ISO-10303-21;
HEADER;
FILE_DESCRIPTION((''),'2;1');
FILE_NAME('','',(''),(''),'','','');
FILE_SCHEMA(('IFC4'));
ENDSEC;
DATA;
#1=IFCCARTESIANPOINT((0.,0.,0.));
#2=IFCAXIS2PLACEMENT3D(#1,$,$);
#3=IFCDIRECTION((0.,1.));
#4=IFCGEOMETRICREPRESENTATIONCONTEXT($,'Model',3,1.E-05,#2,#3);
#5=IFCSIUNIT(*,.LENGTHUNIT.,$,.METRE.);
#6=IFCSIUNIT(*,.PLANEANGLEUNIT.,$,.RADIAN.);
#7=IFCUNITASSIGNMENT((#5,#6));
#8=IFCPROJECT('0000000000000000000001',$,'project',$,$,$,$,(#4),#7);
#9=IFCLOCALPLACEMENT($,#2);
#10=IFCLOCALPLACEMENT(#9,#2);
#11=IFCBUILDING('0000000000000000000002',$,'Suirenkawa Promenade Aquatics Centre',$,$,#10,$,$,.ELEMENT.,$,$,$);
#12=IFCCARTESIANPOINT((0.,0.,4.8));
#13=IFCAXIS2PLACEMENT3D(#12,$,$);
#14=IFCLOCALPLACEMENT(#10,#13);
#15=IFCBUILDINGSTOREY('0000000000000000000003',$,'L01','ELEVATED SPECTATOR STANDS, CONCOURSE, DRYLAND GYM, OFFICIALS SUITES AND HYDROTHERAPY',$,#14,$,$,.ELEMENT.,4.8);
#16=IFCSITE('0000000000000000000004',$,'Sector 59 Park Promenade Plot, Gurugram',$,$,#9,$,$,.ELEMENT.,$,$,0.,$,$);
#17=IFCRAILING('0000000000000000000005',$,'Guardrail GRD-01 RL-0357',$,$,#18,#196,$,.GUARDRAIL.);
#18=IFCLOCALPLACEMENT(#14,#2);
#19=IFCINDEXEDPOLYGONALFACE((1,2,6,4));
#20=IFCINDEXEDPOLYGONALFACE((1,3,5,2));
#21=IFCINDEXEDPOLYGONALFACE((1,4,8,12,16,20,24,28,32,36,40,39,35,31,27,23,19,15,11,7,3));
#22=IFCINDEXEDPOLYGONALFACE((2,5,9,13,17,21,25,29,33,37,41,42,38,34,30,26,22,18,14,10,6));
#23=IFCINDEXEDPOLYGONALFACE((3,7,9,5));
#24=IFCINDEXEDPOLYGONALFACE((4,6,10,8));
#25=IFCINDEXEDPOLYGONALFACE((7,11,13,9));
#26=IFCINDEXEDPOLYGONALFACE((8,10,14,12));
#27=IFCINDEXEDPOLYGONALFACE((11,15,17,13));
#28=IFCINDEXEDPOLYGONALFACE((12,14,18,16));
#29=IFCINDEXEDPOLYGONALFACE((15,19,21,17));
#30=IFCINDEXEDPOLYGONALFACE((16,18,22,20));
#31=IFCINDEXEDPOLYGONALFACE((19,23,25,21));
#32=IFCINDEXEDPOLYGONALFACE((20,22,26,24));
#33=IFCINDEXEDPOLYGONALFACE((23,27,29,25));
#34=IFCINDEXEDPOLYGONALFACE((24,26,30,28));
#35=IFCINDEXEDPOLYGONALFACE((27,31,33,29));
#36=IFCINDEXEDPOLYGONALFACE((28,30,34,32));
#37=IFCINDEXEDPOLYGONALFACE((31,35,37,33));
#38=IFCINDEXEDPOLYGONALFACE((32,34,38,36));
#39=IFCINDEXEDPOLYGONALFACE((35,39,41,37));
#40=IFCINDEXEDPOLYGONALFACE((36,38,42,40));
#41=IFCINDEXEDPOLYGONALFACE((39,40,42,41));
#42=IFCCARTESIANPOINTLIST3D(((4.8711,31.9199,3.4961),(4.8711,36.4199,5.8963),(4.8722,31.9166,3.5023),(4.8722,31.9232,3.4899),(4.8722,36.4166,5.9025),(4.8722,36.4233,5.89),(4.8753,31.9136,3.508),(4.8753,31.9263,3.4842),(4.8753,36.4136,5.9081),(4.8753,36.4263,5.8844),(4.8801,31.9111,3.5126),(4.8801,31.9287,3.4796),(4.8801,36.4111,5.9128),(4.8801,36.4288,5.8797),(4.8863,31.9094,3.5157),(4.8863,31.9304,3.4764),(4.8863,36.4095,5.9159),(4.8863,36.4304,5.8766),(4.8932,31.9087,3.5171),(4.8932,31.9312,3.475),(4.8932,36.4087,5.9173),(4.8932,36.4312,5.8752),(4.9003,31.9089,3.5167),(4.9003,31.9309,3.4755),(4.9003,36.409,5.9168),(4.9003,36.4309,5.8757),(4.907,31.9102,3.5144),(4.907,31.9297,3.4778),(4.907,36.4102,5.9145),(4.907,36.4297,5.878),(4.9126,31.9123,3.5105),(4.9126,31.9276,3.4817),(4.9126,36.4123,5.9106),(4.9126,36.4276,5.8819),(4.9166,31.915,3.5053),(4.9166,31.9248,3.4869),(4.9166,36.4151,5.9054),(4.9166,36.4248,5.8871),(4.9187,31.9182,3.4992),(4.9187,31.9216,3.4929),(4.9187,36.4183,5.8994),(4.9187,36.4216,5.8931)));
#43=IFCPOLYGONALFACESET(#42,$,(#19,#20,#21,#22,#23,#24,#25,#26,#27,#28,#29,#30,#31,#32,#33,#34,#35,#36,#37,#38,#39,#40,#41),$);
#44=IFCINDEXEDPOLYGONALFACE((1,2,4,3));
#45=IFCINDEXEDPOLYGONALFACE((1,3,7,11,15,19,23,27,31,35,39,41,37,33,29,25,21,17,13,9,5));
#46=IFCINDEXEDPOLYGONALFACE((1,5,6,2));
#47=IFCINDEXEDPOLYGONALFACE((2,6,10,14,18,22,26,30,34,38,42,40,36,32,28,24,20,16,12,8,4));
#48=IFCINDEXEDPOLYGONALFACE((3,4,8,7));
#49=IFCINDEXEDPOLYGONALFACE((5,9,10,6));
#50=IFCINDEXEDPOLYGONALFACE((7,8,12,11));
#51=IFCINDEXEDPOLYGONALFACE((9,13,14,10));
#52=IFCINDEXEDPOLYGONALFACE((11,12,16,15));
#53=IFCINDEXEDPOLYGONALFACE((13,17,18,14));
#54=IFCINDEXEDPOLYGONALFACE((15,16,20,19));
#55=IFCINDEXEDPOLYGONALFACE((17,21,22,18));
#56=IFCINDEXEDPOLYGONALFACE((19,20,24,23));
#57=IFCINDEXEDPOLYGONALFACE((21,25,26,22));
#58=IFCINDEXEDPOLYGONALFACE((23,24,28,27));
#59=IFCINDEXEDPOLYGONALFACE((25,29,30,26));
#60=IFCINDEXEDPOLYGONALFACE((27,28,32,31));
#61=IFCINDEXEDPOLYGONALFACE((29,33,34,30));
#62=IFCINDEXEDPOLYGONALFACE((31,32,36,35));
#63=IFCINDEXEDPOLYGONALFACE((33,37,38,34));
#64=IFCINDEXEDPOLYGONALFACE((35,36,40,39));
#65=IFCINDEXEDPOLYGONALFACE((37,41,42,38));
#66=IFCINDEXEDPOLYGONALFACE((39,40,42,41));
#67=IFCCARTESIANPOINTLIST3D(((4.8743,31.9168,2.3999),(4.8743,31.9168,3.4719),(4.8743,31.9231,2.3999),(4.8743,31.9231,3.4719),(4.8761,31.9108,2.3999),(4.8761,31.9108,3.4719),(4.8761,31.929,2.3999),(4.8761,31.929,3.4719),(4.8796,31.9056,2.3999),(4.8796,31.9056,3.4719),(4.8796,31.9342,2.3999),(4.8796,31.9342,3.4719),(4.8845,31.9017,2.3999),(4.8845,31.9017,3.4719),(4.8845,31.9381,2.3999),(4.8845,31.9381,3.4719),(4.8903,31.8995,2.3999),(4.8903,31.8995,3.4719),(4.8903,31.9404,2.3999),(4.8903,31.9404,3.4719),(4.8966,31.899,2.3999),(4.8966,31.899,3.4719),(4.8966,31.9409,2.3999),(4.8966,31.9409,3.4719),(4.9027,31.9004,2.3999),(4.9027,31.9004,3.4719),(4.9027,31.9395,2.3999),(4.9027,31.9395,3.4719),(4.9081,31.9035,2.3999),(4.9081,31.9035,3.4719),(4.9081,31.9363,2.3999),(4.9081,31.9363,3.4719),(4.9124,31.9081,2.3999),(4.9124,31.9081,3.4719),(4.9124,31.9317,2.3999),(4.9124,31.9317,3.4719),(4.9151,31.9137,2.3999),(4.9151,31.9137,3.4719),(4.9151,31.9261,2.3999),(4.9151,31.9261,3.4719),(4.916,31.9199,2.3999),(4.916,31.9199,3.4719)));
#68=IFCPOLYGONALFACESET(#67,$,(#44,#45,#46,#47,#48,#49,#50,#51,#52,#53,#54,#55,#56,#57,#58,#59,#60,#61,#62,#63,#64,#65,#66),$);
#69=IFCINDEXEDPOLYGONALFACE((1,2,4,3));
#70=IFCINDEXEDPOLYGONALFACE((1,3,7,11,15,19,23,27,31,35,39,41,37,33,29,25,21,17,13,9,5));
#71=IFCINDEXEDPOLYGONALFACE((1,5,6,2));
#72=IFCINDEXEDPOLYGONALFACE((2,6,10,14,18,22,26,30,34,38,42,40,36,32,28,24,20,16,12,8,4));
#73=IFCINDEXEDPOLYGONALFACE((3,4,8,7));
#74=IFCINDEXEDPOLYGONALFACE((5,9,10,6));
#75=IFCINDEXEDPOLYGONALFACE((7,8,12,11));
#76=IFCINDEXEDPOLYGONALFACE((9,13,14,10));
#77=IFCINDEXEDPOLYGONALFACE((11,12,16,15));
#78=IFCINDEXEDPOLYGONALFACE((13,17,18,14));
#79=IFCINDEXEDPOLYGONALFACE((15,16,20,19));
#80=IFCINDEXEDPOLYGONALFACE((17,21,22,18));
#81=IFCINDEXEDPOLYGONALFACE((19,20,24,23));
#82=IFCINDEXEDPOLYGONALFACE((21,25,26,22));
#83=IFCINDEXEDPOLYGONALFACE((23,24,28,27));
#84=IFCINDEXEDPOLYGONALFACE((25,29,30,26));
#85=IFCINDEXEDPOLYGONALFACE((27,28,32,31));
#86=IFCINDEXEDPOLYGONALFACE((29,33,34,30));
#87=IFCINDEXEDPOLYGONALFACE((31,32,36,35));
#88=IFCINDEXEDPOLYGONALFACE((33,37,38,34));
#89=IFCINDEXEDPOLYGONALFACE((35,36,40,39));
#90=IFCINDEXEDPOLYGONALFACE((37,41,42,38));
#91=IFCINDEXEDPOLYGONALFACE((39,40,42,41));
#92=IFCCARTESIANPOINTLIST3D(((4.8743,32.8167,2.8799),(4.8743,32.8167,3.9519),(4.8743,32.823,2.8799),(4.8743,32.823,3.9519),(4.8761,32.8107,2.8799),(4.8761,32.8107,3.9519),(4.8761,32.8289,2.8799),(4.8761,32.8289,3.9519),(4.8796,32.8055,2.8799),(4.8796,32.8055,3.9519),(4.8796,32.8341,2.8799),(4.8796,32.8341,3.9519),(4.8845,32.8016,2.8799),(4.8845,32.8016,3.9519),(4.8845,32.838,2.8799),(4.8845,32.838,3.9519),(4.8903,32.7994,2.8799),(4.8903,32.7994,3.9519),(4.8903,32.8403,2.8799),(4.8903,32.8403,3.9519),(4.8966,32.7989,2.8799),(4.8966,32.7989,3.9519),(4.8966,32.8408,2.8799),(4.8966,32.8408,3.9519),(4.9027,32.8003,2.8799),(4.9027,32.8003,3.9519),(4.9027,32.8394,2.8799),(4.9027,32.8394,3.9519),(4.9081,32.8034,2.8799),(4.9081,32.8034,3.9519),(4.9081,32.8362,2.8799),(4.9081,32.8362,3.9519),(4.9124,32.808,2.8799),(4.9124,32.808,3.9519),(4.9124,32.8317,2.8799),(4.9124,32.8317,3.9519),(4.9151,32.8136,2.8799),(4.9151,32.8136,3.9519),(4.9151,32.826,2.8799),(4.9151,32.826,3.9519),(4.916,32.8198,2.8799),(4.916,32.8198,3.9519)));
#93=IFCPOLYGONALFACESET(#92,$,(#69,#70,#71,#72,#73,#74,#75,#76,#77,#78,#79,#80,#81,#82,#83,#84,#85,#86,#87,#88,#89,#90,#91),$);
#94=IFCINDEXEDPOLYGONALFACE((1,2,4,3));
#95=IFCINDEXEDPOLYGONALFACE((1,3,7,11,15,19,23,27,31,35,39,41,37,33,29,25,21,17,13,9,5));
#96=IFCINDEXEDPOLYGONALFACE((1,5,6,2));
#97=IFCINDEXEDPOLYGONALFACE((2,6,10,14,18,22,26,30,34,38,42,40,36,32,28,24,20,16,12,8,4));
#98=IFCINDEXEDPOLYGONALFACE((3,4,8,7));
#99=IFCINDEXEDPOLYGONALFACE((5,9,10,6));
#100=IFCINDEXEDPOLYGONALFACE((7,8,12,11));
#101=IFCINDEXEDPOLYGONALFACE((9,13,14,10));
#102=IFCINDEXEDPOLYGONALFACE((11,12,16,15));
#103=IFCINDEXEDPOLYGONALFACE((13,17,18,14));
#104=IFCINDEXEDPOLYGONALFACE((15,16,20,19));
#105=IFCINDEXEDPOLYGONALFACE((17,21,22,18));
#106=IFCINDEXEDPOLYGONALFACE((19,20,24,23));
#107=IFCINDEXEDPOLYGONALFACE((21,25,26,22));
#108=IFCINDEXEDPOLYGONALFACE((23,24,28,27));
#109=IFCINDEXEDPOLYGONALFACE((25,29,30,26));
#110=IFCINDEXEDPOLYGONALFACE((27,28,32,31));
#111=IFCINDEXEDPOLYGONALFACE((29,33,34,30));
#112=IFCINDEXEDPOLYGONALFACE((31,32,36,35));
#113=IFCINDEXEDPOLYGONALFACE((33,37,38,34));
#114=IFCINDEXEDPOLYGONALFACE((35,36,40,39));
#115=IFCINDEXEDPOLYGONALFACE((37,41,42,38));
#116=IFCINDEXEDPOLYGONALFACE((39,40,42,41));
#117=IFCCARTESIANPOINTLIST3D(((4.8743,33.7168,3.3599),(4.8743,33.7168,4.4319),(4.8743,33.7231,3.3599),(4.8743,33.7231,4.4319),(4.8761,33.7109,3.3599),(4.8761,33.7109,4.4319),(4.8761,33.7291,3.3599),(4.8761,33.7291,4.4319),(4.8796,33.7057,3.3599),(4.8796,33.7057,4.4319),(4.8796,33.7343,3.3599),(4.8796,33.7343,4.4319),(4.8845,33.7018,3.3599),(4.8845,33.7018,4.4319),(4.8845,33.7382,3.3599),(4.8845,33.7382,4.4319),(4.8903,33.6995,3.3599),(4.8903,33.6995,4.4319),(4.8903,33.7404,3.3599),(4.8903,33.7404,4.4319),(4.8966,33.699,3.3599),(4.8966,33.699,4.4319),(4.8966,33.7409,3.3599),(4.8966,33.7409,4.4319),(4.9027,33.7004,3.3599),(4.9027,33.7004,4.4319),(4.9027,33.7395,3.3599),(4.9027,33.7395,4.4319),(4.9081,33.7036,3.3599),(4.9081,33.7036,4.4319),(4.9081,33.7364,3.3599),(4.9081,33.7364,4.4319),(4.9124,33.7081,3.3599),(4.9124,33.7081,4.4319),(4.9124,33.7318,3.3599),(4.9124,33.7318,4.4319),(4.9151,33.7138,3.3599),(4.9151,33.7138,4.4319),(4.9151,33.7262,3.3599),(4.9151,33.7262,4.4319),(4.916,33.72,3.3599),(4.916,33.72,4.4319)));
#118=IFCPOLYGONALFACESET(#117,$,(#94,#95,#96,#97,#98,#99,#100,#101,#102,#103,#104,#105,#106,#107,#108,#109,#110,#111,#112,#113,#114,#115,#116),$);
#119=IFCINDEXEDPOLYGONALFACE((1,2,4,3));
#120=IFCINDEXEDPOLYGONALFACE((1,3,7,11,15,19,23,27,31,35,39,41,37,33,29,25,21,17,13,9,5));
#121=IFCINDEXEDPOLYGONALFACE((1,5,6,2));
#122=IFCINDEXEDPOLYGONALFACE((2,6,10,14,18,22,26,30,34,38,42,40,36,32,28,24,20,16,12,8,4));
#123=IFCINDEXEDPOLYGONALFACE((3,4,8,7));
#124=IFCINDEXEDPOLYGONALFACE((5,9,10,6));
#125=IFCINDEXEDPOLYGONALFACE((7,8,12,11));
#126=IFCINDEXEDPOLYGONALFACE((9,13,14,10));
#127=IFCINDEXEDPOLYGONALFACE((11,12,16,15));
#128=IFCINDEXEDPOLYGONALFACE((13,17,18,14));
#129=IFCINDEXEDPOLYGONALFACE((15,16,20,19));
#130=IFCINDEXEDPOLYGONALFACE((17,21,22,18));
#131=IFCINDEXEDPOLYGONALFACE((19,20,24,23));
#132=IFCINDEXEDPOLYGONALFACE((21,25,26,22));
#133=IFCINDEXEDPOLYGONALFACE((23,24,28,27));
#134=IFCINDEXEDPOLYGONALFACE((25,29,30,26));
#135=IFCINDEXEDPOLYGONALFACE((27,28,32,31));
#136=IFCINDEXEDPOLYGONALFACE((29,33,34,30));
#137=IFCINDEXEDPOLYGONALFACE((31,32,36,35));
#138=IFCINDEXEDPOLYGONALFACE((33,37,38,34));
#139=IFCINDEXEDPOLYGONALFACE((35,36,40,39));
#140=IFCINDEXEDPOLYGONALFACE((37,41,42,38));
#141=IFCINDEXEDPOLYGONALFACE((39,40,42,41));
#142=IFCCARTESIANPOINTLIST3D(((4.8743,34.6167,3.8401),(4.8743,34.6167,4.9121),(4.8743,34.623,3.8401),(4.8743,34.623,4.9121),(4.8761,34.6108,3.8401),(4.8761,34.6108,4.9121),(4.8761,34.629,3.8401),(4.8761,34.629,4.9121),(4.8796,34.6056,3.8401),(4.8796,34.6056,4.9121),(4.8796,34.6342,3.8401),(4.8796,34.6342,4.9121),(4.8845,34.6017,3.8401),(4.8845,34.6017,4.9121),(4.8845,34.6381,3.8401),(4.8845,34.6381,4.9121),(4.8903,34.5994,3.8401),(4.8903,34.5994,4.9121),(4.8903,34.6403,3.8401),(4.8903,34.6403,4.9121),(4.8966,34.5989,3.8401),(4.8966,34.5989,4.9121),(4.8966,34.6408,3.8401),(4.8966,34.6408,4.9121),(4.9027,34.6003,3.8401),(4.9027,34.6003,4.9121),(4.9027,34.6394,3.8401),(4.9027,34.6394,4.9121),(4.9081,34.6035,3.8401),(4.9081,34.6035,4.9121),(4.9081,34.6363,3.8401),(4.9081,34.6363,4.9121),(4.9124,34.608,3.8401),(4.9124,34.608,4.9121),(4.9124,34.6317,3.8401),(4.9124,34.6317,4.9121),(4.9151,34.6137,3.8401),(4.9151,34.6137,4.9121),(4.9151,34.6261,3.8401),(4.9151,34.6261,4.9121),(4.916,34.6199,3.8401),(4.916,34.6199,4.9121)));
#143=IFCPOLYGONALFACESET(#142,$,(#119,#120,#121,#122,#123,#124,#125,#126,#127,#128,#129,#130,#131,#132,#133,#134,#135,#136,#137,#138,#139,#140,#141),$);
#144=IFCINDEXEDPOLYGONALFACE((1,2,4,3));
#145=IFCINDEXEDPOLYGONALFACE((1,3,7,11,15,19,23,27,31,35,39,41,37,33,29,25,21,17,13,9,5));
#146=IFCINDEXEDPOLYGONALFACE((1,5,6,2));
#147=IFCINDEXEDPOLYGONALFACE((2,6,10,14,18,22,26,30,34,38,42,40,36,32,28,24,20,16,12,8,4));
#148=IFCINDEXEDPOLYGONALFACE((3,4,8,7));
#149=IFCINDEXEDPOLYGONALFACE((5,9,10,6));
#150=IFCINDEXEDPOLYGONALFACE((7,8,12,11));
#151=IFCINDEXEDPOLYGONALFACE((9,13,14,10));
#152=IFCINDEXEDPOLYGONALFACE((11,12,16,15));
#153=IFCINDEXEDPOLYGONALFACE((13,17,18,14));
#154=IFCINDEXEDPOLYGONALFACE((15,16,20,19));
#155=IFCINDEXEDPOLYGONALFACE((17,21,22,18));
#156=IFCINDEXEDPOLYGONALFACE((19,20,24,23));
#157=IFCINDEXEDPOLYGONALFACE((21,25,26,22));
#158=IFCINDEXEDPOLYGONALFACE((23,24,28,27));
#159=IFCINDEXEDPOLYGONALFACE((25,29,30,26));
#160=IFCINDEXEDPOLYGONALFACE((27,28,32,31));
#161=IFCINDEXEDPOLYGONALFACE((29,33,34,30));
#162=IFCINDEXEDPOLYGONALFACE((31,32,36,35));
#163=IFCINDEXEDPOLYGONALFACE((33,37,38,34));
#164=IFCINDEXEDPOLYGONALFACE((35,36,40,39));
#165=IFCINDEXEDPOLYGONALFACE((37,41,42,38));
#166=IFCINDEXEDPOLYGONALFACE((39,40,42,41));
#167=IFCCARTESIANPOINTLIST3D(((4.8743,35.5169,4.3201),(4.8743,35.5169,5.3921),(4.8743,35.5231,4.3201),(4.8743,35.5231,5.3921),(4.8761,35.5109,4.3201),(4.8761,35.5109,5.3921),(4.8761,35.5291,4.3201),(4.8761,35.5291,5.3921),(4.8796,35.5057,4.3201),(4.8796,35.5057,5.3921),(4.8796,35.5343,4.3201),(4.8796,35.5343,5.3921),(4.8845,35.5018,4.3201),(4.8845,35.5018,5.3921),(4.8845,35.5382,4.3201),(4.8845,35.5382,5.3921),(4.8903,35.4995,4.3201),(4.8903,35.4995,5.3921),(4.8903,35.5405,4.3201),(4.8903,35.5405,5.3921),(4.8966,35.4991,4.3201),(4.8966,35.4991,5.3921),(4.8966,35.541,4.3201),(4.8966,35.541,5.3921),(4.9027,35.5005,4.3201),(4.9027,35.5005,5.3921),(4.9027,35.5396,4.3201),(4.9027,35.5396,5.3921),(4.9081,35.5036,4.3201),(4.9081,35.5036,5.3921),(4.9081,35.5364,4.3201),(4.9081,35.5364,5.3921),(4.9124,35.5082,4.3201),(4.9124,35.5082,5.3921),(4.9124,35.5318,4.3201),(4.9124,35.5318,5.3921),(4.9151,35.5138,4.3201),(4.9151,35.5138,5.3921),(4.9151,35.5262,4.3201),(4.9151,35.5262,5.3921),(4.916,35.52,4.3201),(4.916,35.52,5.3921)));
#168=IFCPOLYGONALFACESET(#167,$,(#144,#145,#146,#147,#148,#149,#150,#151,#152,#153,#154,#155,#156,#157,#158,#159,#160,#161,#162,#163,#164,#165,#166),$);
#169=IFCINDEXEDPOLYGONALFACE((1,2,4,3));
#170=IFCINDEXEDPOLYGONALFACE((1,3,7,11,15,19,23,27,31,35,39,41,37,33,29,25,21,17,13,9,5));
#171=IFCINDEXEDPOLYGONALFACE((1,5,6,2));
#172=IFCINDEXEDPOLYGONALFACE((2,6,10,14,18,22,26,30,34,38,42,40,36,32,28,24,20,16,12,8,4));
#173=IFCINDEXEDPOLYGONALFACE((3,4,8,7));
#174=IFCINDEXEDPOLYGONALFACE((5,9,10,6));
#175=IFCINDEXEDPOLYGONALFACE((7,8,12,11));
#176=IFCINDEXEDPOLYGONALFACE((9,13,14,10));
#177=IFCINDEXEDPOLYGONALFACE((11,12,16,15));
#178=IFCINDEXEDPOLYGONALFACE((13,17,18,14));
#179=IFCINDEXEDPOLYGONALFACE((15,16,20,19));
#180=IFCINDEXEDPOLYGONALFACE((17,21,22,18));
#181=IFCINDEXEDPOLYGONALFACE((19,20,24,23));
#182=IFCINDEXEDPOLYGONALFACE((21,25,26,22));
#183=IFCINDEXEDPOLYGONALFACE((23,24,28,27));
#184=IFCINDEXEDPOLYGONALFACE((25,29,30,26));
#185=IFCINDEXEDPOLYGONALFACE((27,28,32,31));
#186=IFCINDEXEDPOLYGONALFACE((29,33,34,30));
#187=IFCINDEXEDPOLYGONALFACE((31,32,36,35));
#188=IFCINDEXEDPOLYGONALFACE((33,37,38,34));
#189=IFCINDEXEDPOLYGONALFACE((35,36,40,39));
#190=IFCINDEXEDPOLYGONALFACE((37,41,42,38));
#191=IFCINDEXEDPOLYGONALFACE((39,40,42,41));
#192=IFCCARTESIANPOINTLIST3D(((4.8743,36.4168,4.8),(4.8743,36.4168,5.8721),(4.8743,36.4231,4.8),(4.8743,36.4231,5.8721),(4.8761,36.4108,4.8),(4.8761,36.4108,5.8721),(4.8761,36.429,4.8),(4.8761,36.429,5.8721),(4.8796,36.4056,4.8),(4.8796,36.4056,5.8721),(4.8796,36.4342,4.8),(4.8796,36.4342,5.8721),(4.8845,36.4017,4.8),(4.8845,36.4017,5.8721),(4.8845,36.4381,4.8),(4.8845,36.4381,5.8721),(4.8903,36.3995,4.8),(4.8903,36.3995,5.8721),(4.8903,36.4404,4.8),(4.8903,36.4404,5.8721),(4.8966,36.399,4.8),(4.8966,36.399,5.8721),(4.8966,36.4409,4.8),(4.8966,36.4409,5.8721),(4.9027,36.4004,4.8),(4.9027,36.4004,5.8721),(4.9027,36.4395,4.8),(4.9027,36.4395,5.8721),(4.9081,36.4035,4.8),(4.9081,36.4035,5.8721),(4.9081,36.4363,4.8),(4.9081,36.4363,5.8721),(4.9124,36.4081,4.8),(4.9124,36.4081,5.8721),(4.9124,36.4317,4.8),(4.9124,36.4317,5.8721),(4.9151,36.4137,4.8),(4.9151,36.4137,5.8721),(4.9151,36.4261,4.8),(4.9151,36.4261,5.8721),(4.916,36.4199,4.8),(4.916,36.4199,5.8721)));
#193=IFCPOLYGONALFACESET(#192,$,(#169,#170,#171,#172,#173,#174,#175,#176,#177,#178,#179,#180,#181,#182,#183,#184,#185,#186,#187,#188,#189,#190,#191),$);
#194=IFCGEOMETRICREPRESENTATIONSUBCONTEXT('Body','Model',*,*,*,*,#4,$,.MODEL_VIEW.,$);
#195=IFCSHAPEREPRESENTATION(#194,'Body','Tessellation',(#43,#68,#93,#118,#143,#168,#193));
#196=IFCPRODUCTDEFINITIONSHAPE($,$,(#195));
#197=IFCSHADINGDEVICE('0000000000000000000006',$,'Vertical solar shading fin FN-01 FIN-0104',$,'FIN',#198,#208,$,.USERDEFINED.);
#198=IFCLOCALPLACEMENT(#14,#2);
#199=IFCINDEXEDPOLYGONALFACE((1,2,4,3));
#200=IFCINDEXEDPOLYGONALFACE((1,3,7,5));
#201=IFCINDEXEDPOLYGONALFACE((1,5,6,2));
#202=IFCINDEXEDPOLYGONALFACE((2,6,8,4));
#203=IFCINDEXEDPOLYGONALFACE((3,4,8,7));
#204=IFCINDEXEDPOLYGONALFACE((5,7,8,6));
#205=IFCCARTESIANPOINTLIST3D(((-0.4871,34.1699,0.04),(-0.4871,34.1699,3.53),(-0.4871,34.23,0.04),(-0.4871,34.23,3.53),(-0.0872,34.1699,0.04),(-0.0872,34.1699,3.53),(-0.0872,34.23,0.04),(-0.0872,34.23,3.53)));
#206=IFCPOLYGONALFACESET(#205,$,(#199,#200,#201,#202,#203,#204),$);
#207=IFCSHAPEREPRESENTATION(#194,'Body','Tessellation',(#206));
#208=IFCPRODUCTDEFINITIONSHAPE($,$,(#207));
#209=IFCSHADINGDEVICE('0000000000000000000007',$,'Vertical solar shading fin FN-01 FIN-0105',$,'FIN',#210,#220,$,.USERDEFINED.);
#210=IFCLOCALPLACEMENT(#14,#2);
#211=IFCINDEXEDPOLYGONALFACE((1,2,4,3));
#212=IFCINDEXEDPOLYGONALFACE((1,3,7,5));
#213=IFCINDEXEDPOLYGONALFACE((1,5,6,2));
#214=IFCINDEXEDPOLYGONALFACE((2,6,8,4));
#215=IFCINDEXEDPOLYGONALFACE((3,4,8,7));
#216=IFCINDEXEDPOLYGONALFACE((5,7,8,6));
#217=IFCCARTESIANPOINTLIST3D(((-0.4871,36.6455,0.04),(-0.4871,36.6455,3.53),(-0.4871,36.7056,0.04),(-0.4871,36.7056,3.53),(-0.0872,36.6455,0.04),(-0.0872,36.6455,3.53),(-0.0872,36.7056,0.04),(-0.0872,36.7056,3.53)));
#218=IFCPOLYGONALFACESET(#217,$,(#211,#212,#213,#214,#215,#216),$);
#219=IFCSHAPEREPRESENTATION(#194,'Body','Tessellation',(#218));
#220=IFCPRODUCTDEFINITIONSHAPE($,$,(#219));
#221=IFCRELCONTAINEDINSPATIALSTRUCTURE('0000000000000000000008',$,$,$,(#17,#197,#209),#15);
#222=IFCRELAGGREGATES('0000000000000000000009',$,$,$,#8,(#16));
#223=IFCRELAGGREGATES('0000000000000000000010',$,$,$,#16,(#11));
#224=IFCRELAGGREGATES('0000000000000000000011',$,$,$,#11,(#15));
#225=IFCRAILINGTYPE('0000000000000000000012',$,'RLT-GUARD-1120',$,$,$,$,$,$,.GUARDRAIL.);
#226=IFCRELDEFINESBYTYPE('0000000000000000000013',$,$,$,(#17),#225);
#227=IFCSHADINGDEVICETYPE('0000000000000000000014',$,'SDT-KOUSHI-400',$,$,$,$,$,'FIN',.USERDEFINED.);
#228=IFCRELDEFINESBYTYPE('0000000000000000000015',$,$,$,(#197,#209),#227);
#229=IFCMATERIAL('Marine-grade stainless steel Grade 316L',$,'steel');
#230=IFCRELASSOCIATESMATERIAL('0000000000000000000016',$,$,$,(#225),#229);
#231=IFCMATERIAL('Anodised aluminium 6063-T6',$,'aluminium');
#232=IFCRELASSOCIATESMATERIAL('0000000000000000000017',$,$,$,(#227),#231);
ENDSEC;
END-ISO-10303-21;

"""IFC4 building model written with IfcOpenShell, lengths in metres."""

from ifc_helpers import new_model, si_unit, direction, frame, origin, origin_2d, place, context, subcontext, project, spatial, rectangle, circle, extrude, material, type_object, element, save


model = new_model("IFC4")

# Units and contexts
model_context = context("Model", 3, precision=1e-05, world=origin(), true_north=direction((0.0, 1.0)))
body_context = subcontext(model_context, "Body", "Model", "MODEL_VIEW")
ifc_project = project(units=[si_unit("LENGTHUNIT", "METRE"), si_unit("PLANEANGLEUNIT", "RADIAN")], contexts=[model_context])

# Site, building, storey
site_placement = place(None, origin())
site = spatial("IfcSite", under=ifc_project, at=site_placement, Name="Sector 59 Park Promenade Plot, Gurugram", CompositionType="ELEMENT", RefElevation=0.0)
building_placement = place(site_placement, origin())
building = spatial("IfcBuilding", under=site, at=building_placement, Name="Suirenkawa Promenade Aquatics Centre", CompositionType="ELEMENT")
storey_placement = place(building_placement, frame((0.0, 0.0, 4.8)))
storey = spatial("IfcBuildingStorey", under=building, at=storey_placement, Name="L01", Description="ELEVATED SPECTATOR STANDS, CONCOURSE, DRYLAND GYM, OFFICIALS SUITES AND HYDROTHERAPY", CompositionType="ELEMENT", Elevation=4.8)

# Shared definitions
ifc_material_1 = material(Name="Anodised aluminium 6063-T6", Category="aluminium")

# Railing
ifc_material_2 = material(Name="Marine-grade stainless steel Grade 316L", Category="steel")
railing_type = type_object("IfcRailingType", Name="RLT-GUARD-1120", PredefinedType="GUARDRAIL", material=ifc_material_2)
railing_placement = place(storey_placement, frame((4.895, 31.9199, 2.3999)))
element("IfcRailing", 1, at=railing_placement, inside=storey, type_object=railing_type, Name="Guardrail GRD-01 RL-0357", PredefinedType="GUARDRAIL", context=body_context, shape_type="SweptSolid", body=[
    extrude(circle(Radius=0.0239, at=origin_2d()), frame((0.0, 0.0, 1.0962), z_axis=(0.0, 0.882341, 0.470611), x_axis=(-1.0, 0.0, 0.0)), (0.0, 0.0, 1.0), 5.1001),
    extrude(circle(Radius=0.021, at=origin_2d()), origin(), (0.0, 0.0, 1.0), 1.072),
    extrude(circle(Radius=0.021, at=origin_2d()), frame((0.0, 0.8999, 0.48)), (0.0, 0.0, 1.0), 1.072),
    extrude(circle(Radius=0.021, at=origin_2d()), frame((0.0, 1.8, 0.96)), (0.0, 0.0, 1.0), 1.072),
    extrude(circle(Radius=0.021, at=origin_2d()), frame((0.0, 2.7, 1.4402)), (0.0, 0.0, 1.0), 1.072),
    extrude(circle(Radius=0.021, at=origin_2d()), frame((0.0, 3.6001, 1.9202)), (0.0, 0.0, 1.0), 1.072),
    extrude(circle(Radius=0.021, at=origin_2d()), frame((0.0, 4.5, 2.4001)), (0.0, 0.0, 1.0), 1.072),
])

# Shading devices
shading_device_type = type_object("IfcShadingDeviceType", Name="SDT-KOUSHI-400", ElementType="FIN", PredefinedType="USERDEFINED", material=ifc_material_1)
for number, where, z_axis, x_axis, name in (
    (2, (-0.2871, 34.2, 0.04), (0.0, 0.0, 1.0), (-1.0, 0.0, 0.0), "Vertical solar shading fin FN-01 FIN-0104"),
    (3, (-0.2871, 36.6755, 0.04), (0.0, 0.0, 1.0), (-1.0, 0.0, 0.0), "Vertical solar shading fin FN-01 FIN-0105"),
):
    element("IfcShadingDevice", number, at=place(storey_placement, frame(where, z_axis=z_axis, x_axis=x_axis)), inside=storey, type_object=shading_device_type, Name=name, ObjectType="FIN", PredefinedType="USERDEFINED", context=body_context, shape_type="SweptSolid", body=[
        extrude(rectangle(XDim=0.3999, YDim=0.0601, at=origin_2d()), origin(), (0.0, 0.0, 1.0), 3.49),
    ])

save(model, "model.ifc")
